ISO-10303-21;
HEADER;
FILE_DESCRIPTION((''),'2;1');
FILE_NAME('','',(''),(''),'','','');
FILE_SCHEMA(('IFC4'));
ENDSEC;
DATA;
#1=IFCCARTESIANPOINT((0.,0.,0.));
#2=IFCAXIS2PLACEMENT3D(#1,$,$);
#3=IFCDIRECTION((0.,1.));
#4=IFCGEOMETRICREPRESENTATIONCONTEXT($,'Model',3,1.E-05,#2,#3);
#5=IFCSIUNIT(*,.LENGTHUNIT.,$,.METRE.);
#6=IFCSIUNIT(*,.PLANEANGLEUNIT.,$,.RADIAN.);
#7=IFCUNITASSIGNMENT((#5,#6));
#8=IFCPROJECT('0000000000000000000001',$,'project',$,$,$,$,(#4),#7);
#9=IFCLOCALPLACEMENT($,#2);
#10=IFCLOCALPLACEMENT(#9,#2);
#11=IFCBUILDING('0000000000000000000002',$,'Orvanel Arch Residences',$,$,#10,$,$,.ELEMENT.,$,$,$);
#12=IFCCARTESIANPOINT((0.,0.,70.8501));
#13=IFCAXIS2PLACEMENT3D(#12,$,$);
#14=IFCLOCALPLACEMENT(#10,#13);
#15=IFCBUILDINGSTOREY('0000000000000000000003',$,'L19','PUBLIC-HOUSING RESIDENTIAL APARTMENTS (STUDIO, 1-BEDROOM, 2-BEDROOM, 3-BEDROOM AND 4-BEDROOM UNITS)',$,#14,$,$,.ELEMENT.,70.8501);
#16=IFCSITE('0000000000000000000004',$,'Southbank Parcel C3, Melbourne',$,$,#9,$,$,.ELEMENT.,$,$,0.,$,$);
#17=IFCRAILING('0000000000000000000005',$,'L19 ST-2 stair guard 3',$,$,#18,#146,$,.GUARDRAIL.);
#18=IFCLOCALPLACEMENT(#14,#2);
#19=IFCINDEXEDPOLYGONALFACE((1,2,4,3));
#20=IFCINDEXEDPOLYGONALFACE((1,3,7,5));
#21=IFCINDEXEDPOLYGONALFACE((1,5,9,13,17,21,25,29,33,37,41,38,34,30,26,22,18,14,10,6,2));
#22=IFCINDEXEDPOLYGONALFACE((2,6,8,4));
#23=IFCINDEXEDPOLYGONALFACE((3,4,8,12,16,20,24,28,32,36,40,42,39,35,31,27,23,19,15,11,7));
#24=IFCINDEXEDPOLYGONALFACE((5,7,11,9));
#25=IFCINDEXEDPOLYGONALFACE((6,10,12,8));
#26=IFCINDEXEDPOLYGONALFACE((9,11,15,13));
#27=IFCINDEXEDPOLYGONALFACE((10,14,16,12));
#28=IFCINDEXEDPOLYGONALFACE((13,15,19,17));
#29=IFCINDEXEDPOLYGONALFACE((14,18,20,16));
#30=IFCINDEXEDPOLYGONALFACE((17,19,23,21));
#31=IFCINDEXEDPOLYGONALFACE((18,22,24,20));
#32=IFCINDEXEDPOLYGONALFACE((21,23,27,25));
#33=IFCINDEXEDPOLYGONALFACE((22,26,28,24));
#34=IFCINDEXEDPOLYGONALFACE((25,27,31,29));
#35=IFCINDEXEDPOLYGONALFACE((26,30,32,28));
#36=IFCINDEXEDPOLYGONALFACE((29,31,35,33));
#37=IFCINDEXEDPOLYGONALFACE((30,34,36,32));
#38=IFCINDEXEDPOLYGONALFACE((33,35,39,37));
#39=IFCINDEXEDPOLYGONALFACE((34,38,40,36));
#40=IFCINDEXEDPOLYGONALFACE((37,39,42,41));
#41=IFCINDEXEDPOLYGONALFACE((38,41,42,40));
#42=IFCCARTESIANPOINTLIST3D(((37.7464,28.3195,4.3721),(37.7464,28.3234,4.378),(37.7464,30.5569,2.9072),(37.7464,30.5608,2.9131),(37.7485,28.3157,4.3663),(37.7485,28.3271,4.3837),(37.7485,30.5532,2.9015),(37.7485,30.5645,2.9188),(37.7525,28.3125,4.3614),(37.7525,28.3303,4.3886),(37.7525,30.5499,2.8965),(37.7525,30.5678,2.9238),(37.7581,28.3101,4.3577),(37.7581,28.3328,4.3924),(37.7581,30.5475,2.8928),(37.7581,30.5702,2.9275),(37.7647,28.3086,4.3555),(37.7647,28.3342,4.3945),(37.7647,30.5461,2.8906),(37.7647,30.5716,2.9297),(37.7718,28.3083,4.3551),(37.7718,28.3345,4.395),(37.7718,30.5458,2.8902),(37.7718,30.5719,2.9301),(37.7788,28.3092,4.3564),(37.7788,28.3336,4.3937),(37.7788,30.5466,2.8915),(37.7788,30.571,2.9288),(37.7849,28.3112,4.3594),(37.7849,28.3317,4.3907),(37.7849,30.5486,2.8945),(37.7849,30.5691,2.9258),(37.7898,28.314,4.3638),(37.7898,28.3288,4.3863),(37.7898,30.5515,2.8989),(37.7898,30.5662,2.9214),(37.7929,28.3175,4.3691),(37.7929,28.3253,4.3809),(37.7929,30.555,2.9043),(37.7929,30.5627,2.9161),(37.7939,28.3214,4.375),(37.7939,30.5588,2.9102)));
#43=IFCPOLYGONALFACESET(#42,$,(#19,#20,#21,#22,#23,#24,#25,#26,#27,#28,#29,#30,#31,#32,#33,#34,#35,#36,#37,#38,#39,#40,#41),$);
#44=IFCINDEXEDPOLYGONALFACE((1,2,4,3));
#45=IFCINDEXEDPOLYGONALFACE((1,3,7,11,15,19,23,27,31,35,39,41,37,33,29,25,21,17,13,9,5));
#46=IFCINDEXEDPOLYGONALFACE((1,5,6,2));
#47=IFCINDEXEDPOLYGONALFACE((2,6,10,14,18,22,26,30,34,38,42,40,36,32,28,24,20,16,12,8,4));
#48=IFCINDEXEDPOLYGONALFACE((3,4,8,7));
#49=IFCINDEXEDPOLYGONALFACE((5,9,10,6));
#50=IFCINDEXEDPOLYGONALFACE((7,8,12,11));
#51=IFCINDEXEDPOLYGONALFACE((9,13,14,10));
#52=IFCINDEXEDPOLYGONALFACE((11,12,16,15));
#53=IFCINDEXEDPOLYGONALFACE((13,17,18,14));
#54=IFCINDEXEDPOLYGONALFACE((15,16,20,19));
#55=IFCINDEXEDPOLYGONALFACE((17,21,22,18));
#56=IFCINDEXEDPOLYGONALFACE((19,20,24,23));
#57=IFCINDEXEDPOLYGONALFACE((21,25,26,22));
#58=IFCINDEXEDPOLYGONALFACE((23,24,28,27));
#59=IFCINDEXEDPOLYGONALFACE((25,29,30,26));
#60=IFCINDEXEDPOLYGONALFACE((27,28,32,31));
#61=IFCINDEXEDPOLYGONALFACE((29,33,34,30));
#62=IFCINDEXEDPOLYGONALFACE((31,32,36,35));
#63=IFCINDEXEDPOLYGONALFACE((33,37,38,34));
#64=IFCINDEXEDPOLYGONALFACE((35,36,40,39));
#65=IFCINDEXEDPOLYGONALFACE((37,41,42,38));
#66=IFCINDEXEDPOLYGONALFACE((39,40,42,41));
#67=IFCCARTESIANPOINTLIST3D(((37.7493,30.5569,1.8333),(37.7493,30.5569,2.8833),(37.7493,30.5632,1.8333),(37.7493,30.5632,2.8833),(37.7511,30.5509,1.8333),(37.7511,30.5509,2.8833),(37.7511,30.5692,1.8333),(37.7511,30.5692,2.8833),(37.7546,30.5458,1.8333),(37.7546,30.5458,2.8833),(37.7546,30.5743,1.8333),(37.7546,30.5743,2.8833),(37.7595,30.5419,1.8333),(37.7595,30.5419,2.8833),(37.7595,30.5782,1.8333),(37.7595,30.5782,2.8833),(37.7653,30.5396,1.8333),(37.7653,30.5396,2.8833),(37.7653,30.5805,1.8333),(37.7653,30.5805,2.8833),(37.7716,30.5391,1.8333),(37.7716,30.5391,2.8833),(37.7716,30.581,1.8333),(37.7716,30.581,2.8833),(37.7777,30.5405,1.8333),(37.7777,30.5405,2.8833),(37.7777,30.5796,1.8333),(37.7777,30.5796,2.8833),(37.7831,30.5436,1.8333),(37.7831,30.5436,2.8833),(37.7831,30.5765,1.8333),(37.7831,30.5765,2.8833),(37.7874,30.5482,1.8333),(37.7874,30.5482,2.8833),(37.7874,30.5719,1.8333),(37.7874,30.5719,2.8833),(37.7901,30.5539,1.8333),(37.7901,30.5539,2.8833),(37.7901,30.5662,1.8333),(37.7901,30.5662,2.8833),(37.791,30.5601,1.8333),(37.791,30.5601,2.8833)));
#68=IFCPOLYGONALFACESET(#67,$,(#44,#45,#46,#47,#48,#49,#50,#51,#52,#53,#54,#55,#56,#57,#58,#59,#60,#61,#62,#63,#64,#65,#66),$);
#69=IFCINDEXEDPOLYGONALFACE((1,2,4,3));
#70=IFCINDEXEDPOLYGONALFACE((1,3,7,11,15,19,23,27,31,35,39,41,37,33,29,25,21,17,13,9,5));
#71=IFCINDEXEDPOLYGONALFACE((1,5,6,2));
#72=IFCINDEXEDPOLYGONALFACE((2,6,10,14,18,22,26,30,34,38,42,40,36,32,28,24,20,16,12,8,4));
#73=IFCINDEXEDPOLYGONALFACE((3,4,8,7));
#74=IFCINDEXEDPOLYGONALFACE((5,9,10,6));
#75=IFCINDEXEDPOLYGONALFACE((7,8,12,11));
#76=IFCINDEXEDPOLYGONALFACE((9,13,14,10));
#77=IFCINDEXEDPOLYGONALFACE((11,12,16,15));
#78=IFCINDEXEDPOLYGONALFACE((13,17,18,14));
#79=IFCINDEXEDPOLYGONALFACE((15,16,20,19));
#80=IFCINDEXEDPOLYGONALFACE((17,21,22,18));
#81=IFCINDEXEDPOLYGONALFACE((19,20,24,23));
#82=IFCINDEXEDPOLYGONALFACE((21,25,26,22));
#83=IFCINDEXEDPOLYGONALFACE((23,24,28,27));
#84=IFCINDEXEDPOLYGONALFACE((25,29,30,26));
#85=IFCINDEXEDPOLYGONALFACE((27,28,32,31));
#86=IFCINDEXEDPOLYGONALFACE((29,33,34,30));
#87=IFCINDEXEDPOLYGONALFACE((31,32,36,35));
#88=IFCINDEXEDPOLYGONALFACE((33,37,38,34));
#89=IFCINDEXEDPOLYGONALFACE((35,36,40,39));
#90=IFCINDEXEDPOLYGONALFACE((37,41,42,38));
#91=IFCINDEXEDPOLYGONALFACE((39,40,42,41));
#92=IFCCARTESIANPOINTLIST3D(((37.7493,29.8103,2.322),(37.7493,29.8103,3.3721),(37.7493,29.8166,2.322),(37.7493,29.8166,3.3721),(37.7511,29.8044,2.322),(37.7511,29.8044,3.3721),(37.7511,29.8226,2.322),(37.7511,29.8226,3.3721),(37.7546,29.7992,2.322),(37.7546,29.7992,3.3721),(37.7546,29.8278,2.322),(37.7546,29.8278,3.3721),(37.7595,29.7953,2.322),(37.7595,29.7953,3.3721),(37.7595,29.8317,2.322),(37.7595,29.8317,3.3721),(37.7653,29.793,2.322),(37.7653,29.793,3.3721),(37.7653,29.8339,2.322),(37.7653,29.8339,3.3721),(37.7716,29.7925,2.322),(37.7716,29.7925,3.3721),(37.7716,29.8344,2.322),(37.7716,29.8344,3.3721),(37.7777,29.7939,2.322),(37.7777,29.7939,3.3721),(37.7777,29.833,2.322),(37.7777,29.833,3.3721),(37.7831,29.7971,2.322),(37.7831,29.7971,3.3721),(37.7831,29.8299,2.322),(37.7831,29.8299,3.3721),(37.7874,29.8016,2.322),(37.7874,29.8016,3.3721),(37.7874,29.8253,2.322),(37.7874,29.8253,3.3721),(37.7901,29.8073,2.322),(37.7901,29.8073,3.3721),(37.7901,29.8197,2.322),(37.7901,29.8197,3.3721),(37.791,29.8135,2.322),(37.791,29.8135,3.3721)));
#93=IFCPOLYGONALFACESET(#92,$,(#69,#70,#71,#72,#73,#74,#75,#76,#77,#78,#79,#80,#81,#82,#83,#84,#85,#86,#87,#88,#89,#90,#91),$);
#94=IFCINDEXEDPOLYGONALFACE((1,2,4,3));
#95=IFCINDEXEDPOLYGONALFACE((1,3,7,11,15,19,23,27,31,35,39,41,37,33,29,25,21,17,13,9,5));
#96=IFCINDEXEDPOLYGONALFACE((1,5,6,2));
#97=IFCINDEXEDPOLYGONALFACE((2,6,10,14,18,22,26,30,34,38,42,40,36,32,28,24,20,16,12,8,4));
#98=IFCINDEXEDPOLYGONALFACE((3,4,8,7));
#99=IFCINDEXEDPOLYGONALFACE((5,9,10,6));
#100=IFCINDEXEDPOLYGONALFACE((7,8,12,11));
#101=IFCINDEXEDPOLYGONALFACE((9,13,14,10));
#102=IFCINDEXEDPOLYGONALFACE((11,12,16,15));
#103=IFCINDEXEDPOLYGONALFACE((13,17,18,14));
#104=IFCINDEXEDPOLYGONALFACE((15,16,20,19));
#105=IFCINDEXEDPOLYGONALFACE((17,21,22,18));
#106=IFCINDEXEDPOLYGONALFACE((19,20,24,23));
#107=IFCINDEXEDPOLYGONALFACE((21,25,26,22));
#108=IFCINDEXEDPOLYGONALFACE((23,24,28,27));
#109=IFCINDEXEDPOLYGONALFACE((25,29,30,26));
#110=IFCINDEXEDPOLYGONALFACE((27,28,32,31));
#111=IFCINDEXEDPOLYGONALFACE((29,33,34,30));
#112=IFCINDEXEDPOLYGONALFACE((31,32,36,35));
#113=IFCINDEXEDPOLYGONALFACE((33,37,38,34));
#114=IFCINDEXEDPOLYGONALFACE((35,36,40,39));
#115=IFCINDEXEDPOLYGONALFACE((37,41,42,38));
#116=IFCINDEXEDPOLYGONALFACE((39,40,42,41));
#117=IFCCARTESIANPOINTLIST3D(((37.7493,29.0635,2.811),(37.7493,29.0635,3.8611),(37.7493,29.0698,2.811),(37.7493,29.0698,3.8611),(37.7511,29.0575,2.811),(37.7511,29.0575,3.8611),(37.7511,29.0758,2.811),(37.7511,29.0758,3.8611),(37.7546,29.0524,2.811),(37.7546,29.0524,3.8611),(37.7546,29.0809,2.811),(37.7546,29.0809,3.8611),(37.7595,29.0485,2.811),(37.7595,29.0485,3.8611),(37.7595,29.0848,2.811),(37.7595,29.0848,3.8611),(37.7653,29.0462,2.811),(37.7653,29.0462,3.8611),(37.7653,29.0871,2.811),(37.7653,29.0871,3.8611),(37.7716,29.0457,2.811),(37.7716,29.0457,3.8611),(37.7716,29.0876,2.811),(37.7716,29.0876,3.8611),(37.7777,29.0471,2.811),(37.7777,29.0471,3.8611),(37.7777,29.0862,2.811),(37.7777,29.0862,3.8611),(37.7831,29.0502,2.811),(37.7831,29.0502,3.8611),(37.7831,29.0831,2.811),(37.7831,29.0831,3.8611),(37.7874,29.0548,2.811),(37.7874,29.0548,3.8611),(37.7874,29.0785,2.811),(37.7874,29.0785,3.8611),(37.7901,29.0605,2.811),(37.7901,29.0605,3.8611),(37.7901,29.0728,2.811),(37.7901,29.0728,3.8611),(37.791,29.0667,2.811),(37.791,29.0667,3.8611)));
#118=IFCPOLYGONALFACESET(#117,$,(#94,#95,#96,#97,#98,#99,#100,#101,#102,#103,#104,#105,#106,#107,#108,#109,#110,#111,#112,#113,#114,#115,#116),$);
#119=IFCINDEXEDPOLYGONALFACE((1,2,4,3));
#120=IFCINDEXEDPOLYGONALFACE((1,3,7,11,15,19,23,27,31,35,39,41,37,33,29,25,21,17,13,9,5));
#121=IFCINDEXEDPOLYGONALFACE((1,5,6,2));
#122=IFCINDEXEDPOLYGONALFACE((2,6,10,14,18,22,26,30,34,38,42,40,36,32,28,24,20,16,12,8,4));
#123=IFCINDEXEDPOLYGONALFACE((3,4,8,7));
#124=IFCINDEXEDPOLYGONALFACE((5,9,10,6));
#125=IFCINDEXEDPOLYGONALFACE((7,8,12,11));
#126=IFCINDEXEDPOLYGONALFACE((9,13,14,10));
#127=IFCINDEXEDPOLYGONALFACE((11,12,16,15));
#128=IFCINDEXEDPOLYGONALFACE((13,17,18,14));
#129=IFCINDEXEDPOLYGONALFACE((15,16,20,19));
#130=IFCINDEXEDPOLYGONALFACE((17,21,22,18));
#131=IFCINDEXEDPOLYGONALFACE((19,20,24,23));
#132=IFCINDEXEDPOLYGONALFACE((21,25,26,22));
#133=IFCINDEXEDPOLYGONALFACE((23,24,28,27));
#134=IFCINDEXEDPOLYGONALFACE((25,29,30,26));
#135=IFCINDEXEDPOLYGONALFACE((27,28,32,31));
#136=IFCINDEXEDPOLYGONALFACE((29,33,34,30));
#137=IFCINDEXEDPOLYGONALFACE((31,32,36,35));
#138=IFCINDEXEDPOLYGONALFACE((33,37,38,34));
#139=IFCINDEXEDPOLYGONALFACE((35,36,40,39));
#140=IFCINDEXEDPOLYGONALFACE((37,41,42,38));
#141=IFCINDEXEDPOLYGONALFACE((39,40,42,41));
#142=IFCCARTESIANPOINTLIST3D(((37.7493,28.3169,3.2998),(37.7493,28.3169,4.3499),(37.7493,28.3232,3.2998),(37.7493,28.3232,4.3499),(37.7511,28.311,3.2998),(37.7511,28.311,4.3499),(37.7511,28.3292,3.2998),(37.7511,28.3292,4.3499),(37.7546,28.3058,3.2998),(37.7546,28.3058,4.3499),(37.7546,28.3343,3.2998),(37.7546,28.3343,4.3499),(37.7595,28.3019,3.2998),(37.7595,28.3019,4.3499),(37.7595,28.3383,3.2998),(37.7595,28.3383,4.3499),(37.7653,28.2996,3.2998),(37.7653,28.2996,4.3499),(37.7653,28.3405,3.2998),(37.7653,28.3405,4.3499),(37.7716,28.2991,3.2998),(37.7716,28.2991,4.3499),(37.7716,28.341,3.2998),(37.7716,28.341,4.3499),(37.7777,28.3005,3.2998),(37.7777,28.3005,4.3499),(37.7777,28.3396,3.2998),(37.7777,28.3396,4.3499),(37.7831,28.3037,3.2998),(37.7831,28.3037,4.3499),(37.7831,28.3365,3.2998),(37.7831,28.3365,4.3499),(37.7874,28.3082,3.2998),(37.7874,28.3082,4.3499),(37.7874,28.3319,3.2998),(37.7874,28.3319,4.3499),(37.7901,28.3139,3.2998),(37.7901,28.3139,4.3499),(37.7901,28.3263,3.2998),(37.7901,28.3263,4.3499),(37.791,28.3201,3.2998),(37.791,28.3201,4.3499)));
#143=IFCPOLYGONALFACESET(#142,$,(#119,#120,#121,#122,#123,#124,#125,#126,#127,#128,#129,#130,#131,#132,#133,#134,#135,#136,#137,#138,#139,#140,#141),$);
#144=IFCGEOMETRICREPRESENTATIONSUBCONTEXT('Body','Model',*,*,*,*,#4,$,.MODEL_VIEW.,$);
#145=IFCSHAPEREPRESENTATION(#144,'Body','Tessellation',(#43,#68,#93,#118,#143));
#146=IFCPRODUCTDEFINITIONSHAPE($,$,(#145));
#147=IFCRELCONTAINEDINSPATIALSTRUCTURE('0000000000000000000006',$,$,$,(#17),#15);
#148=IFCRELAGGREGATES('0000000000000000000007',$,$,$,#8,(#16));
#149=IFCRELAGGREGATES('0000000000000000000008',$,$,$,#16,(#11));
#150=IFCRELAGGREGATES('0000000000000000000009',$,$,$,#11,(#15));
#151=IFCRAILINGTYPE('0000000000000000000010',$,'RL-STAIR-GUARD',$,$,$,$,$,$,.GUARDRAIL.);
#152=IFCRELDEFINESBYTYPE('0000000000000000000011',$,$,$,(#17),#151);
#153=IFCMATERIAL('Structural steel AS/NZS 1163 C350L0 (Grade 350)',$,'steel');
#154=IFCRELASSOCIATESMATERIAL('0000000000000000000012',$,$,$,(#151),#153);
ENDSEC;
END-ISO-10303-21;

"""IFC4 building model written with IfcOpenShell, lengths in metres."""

from ifc_helpers import new_model, si_unit, direction, frame, origin, origin_2d, place, context, subcontext, project, spatial, circle, extrude, material, type_object, element, save


model = new_model("IFC4")

# Units and contexts
model_context = context("Model", 3, precision=1e-05, world=origin(), true_north=direction((0.0, 1.0)))
body_context = subcontext(model_context, "Body", "Model", "MODEL_VIEW")
ifc_project = project(units=[si_unit("LENGTHUNIT", "METRE"), si_unit("PLANEANGLEUNIT", "RADIAN")], contexts=[model_context])

# Site, building, storey
site_placement = place(None, origin())
site = spatial("IfcSite", under=ifc_project, at=site_placement, Name="Southbank Parcel C3, Melbourne", CompositionType="ELEMENT", RefElevation=0.0)
building_placement = place(site_placement, origin())
building = spatial("IfcBuilding", under=site, at=building_placement, Name="Orvanel Arch Residences", CompositionType="ELEMENT")
storey_placement = place(building_placement, frame((0.0, 0.0, 70.8501)))
storey = spatial("IfcBuildingStorey", under=building, at=storey_placement, Name="L19", Description="PUBLIC-HOUSING RESIDENTIAL APARTMENTS (STUDIO, 1-BEDROOM, 2-BEDROOM, 3-BEDROOM AND 4-BEDROOM UNITS)", CompositionType="ELEMENT", Elevation=70.8501)

# Railing
ifc_material_1 = material(Name="Structural steel AS/NZS 1163 C350L0 (Grade 350)", Category="steel")
railing_type_1 = type_object("IfcRailingType", Name="RL-STAIR-GUARD", PredefinedType="GUARDRAIL", material=ifc_material_1)
railing_1_placement = place(storey_placement, frame((37.77, 30.5601, 1.8333)))
element("IfcRailing", 1, at=railing_1_placement, inside=storey, type_object=railing_type_1, Name="L19 ST-2 stair guard 3", PredefinedType="GUARDRAIL", context=body_context, shape_type="SweptSolid", body=[
    extrude(circle(Radius=0.0239, at=origin_2d()), frame((0.0, -0.0012, 1.0769), z_axis=(0.0, -0.836637, 0.547758), x_axis=(1.0, 0.0, 0.0)), (0.0, 0.0, 1.0), 2.6743),
    extrude(circle(Radius=0.021, at=origin_2d()), origin(), (0.0, 0.0, 1.0), 1.05),
    extrude(circle(Radius=0.021, at=origin_2d()), frame((0.0, -0.7466, 0.4888)), (0.0, 0.0, 1.0), 1.05),
    extrude(circle(Radius=0.021, at=origin_2d()), frame((0.0, -1.4934, 0.9778)), (0.0, 0.0, 1.0), 1.05),
    extrude(circle(Radius=0.021, at=origin_2d()), frame((0.0, -2.24, 1.4666)), (0.0, 0.0, 1.0), 1.05),
])

save(model, "model.ifc")
